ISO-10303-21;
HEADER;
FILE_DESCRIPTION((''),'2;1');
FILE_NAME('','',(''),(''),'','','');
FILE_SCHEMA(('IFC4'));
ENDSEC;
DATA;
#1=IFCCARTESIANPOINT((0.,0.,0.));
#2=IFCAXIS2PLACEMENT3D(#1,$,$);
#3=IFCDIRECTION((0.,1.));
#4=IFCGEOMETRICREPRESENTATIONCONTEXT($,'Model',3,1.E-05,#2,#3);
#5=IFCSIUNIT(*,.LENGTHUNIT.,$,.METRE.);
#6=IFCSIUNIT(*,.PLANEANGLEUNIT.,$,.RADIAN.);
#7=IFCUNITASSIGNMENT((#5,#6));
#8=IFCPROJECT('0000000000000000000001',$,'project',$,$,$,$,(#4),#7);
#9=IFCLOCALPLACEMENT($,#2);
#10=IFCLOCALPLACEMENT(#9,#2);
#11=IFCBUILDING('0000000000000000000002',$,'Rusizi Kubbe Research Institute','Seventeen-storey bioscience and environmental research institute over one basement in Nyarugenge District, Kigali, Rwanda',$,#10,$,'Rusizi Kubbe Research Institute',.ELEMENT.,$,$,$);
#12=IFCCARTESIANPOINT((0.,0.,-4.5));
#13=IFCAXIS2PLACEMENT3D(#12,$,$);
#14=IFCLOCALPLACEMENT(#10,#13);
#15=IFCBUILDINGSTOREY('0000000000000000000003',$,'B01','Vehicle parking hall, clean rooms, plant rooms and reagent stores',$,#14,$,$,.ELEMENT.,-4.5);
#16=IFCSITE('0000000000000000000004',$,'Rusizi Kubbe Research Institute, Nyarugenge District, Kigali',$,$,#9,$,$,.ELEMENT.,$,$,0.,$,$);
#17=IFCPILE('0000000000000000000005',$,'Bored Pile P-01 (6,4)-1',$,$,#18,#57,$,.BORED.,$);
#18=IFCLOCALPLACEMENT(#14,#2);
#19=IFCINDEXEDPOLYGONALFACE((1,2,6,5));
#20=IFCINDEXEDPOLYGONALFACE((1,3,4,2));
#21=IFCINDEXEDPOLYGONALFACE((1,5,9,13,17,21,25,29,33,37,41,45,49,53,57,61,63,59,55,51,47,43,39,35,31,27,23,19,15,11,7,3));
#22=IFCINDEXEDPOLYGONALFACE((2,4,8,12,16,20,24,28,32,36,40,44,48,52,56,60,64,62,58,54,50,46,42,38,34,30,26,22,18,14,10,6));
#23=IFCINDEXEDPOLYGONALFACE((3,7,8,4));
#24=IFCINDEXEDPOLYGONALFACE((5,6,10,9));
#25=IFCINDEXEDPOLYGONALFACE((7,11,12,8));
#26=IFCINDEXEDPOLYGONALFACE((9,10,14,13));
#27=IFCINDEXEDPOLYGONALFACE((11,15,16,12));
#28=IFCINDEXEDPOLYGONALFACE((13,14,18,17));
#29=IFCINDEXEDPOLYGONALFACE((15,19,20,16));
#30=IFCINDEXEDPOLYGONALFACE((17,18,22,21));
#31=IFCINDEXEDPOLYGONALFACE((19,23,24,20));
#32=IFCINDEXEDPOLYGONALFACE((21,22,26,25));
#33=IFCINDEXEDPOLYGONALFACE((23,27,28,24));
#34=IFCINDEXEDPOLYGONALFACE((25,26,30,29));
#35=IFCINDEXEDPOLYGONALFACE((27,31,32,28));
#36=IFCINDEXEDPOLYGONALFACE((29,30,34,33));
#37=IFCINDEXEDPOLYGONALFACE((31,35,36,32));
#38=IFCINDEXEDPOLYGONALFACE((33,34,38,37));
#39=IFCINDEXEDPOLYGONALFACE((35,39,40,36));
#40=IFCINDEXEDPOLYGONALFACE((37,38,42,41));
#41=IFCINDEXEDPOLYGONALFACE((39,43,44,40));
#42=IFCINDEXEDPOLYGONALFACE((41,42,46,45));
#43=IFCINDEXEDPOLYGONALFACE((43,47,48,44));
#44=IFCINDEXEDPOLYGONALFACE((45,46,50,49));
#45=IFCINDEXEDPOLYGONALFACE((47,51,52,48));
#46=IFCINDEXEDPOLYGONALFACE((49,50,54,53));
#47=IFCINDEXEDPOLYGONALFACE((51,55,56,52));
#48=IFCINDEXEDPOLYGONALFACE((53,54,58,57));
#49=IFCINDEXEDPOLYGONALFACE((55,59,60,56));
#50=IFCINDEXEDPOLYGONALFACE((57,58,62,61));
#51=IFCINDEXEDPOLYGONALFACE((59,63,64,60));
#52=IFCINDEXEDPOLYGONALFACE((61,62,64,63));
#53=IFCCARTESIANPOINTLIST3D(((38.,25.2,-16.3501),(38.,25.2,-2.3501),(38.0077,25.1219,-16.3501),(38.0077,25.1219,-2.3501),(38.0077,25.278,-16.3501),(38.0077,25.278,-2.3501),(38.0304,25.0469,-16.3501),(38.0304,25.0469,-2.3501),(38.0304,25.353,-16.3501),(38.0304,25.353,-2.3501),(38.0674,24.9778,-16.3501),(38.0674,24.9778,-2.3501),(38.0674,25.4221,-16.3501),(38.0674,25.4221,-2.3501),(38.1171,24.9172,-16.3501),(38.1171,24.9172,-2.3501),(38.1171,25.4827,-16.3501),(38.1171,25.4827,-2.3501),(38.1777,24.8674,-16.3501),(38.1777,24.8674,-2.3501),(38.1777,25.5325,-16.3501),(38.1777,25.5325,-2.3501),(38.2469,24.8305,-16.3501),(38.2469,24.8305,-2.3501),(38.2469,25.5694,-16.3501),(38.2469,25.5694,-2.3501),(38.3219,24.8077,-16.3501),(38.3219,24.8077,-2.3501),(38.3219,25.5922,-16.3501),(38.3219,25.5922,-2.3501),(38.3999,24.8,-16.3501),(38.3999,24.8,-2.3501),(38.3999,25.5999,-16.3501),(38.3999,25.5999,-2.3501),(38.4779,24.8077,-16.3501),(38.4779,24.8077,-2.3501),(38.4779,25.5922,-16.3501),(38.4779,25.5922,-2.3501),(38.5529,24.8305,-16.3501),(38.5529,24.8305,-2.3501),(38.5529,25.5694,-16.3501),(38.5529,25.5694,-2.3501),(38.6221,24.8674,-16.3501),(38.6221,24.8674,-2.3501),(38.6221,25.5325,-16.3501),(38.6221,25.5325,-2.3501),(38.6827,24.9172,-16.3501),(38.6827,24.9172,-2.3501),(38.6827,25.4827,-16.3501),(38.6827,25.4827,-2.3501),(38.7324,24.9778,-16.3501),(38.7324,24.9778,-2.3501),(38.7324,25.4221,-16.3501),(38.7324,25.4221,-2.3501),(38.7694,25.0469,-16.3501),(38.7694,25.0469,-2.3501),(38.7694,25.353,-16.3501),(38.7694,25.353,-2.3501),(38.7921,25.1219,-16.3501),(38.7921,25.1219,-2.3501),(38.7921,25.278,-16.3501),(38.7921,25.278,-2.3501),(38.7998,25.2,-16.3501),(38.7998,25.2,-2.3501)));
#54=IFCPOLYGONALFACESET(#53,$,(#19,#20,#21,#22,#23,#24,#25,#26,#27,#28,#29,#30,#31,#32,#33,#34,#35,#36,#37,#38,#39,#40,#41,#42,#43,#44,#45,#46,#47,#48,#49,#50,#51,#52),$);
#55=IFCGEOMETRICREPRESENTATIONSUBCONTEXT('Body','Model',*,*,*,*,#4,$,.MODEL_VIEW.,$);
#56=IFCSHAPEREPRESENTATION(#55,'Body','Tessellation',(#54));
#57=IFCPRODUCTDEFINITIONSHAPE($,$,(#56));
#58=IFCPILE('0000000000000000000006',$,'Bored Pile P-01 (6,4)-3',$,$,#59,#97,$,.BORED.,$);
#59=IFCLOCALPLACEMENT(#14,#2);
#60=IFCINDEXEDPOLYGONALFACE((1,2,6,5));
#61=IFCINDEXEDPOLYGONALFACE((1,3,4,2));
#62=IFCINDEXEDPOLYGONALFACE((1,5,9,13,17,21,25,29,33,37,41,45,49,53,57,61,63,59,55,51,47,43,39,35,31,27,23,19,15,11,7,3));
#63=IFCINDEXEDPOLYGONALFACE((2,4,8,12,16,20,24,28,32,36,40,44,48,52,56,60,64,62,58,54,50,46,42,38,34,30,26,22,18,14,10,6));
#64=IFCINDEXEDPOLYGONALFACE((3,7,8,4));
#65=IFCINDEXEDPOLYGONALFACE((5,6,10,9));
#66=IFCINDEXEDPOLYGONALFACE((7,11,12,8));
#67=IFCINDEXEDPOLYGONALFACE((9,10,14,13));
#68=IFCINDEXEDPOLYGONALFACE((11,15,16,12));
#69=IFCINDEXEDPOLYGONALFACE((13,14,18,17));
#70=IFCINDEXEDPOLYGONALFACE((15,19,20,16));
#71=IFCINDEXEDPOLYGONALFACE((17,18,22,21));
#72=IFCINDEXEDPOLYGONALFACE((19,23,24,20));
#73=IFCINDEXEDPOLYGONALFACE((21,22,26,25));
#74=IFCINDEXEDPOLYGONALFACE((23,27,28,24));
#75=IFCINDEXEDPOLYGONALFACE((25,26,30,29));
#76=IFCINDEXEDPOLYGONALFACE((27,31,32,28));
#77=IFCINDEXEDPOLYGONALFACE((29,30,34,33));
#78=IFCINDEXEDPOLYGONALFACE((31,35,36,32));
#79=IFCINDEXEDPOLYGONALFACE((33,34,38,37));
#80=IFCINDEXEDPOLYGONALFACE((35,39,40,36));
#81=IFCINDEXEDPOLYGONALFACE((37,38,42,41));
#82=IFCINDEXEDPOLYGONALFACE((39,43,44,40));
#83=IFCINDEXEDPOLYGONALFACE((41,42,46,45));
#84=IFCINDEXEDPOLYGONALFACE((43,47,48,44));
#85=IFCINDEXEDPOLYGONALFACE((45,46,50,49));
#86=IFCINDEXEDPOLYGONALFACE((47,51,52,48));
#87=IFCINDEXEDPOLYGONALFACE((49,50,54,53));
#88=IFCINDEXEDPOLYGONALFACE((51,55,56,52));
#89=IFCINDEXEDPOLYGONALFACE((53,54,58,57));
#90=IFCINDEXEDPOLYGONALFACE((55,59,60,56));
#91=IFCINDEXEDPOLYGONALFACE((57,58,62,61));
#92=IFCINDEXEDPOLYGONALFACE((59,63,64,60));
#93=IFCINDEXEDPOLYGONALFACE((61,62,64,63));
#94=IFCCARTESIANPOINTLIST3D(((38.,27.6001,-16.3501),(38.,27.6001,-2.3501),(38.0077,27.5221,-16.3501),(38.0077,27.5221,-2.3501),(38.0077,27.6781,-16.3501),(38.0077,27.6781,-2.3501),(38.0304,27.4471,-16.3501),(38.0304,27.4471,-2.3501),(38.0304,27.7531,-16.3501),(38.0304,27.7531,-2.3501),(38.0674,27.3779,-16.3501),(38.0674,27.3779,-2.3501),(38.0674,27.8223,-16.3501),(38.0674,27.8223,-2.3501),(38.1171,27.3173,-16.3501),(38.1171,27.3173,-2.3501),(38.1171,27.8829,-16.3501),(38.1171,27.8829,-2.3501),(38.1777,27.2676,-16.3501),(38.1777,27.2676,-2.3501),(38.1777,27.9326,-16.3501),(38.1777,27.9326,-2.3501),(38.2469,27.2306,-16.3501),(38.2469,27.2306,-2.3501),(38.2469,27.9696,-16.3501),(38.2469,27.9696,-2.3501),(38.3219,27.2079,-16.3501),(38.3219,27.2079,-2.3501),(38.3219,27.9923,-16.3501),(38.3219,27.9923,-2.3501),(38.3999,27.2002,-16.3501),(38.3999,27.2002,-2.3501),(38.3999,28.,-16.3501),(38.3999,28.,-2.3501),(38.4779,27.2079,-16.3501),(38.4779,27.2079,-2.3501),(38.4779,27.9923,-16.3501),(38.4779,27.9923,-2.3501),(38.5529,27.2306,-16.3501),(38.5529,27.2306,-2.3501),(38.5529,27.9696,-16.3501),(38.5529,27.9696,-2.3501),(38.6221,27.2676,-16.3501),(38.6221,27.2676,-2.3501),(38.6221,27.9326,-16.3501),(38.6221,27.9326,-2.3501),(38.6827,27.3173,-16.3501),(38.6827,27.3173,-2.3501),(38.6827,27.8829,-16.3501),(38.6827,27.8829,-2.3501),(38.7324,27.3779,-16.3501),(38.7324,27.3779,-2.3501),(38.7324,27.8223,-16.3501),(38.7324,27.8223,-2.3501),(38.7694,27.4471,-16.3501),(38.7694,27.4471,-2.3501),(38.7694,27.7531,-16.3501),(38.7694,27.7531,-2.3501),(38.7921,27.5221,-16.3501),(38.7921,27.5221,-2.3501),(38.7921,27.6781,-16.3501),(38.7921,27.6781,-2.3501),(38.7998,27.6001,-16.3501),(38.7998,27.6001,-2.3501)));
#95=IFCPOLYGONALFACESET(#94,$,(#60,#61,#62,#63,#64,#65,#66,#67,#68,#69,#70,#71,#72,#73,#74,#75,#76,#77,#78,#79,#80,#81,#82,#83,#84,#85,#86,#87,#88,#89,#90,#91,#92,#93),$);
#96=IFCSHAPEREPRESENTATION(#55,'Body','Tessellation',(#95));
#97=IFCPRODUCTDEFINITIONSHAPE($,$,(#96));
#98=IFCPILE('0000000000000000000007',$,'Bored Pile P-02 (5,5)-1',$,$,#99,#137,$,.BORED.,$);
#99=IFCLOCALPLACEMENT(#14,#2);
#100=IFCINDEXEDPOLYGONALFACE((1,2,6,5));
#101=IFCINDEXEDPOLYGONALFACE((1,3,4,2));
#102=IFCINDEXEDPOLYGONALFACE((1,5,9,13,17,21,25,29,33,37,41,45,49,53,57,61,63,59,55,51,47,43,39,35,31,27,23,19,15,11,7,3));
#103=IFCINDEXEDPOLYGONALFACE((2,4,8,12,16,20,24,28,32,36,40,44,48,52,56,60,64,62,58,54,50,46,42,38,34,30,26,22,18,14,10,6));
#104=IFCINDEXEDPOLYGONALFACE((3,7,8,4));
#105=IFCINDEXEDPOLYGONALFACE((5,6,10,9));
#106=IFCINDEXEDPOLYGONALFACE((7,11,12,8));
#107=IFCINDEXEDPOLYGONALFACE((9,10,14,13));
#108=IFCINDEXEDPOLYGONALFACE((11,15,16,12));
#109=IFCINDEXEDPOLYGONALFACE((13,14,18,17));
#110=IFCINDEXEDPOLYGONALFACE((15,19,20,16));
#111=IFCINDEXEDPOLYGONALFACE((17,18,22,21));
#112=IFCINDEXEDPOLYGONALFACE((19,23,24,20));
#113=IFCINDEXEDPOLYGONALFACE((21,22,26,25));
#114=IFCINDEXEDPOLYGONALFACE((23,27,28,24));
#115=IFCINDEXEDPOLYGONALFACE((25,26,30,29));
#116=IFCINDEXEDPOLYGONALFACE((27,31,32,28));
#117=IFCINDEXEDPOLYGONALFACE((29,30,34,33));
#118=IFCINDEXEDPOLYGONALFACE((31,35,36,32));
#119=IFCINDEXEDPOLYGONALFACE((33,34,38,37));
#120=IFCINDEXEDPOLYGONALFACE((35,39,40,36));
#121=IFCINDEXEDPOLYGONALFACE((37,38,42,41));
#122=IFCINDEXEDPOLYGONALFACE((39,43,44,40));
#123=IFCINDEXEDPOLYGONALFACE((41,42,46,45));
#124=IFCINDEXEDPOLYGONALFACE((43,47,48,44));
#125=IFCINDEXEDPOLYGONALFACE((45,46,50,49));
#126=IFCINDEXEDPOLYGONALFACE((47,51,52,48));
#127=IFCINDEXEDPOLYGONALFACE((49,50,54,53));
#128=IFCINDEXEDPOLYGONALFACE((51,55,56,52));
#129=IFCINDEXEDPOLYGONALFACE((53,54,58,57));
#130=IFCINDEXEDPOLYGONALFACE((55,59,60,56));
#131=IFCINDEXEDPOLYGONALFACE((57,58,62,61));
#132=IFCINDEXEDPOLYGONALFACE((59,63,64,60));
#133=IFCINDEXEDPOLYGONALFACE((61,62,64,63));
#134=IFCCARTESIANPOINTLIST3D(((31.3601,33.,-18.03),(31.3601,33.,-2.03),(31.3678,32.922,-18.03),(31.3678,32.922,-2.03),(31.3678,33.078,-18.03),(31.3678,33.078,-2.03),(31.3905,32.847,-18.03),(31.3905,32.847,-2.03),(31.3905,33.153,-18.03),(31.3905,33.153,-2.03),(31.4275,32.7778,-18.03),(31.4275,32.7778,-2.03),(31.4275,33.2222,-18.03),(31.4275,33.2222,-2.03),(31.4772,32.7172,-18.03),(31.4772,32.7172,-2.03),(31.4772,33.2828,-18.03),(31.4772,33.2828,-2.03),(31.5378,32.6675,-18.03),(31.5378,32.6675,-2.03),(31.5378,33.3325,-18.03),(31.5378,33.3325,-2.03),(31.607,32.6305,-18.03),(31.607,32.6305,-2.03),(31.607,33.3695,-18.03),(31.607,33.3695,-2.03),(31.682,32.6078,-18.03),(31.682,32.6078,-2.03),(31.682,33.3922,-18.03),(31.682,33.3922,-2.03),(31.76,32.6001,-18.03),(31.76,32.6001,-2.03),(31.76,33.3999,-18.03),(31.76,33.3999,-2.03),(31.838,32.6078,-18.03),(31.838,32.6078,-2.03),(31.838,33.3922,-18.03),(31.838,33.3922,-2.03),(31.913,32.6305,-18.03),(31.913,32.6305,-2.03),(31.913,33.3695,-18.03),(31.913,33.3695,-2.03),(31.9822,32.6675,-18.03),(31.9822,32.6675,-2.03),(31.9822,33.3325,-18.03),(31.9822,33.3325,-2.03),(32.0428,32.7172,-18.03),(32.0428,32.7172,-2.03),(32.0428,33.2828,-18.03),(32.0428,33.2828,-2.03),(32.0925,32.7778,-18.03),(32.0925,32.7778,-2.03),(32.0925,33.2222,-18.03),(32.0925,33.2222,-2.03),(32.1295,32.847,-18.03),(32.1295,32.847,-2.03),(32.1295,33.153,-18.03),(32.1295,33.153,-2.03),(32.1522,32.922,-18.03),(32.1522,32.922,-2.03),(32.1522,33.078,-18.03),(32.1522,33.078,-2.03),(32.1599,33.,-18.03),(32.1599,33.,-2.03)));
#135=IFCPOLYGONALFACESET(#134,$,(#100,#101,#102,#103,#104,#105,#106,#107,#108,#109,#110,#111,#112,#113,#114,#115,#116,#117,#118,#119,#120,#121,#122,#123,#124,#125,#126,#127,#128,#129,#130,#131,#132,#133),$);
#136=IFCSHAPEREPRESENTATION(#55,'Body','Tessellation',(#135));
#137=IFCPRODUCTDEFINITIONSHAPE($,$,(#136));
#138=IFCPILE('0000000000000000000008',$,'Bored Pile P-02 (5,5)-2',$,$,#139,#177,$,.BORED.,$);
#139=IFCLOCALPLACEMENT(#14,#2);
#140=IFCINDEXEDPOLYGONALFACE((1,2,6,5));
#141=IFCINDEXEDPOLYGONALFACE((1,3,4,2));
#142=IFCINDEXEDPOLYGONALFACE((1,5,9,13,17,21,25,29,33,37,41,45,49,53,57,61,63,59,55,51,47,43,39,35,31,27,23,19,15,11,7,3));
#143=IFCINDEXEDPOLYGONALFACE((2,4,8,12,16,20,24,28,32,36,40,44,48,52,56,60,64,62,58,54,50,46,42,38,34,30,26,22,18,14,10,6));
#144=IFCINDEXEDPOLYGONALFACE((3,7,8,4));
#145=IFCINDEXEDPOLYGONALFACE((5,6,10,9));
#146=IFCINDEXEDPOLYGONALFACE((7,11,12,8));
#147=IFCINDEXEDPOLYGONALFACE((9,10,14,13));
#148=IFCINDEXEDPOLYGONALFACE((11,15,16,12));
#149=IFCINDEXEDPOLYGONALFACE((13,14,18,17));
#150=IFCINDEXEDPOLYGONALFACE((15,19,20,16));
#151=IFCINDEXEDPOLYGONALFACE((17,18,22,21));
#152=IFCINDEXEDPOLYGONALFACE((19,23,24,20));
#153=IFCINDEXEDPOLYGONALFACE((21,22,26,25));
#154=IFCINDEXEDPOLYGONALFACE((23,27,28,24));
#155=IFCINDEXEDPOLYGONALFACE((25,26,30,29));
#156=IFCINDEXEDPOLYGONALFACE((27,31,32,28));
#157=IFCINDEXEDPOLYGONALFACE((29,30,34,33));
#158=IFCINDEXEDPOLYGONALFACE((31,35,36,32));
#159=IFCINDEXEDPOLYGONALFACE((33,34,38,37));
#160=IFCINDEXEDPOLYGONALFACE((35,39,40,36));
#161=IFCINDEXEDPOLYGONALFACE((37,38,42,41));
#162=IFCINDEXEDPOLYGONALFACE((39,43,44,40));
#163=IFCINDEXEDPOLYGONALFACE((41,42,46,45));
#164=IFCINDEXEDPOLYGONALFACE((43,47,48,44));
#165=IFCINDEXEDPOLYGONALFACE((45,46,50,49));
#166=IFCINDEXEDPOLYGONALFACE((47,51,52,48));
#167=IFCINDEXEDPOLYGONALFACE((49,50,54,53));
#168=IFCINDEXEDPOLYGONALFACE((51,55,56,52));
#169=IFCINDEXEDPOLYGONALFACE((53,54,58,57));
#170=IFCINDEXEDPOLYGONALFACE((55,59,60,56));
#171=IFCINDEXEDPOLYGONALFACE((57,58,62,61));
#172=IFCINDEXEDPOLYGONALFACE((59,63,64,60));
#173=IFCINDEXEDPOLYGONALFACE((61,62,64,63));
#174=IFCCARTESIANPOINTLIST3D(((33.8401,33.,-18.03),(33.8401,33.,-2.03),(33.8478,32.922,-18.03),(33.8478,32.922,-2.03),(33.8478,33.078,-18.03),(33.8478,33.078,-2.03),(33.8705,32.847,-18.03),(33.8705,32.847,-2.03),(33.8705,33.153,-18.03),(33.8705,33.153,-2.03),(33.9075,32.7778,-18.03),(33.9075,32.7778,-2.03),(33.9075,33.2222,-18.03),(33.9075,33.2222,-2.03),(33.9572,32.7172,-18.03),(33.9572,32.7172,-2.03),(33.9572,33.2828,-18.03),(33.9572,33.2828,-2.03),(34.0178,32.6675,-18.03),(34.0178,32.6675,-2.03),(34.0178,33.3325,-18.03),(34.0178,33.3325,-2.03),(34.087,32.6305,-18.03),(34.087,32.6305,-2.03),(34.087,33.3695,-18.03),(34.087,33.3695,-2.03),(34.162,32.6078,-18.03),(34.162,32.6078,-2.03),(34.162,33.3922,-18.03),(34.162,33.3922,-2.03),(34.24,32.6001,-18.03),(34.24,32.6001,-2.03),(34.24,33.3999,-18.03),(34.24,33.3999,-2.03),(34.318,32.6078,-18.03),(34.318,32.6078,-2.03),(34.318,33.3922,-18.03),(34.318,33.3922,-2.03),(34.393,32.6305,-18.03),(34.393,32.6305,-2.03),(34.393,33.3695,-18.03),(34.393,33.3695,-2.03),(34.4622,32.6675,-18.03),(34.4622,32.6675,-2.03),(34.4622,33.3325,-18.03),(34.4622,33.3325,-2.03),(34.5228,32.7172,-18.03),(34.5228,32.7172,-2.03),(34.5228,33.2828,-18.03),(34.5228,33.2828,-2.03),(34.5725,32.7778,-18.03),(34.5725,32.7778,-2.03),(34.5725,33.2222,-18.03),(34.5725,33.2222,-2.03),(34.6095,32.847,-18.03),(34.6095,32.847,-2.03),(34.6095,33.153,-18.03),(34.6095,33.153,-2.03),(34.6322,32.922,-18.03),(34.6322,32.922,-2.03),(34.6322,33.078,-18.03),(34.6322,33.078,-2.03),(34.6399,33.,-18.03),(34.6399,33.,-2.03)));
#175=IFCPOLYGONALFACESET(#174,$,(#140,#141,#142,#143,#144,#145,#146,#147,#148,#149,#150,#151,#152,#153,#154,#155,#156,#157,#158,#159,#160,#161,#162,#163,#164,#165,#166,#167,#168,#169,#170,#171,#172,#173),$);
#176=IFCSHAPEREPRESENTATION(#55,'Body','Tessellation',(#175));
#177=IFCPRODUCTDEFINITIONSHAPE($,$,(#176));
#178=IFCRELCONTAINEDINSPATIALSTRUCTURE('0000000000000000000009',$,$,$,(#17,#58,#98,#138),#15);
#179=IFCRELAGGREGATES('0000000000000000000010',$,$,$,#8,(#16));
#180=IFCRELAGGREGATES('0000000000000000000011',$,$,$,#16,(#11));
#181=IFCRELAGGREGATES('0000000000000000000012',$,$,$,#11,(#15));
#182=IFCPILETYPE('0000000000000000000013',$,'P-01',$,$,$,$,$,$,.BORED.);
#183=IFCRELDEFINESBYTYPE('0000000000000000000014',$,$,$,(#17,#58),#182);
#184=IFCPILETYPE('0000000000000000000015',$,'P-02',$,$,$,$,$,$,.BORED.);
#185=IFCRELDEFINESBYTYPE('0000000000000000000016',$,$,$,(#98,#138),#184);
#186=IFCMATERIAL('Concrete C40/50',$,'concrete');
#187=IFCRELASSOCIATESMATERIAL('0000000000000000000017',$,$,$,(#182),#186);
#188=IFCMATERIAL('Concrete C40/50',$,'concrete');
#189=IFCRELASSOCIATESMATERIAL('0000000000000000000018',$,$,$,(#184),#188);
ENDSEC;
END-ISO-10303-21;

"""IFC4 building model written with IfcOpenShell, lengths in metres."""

from ifc_helpers import new_model, si_unit, direction, frame, origin, origin_2d, place, context, subcontext, project, spatial, circle, extrude, material, material_profile, profile_set, type_object, element, save


model = new_model("IFC4")

# Units and contexts
model_context = context("Model", 3, precision=1e-05, world=origin(), true_north=direction((0.0, 1.0)))
body_context = subcontext(model_context, "Body", "Model", "MODEL_VIEW")
ifc_project = project(units=[si_unit("LENGTHUNIT", "METRE"), si_unit("PLANEANGLEUNIT", "RADIAN")], contexts=[model_context])

# Site, building, storey
site_placement = place(None, origin())
site = spatial("IfcSite", under=ifc_project, at=site_placement, Name="Rusizi Kubbe Research Institute, Nyarugenge District, Kigali", CompositionType="ELEMENT", RefElevation=0.0)
building_placement = place(site_placement, origin())
building = spatial("IfcBuilding", under=site, at=building_placement, Name="Rusizi Kubbe Research Institute", Description="Seventeen-storey bioscience and environmental research institute over one basement in Nyarugenge District, Kigali, Rwanda", LongName="Rusizi Kubbe Research Institute", CompositionType="ELEMENT")
storey_placement = place(building_placement, frame((0.0, 0.0, -4.5)))
storey = spatial("IfcBuildingStorey", under=building, at=storey_placement, Name="B01", Description="Vehicle parking hall, clean rooms, plant rooms and reagent stores", CompositionType="ELEMENT", Elevation=-4.5)

# Piles
ifc_material_1 = material(Name="Concrete C40/50", Category="concrete")
ifc_material_profile_1 = material_profile(ifc_material_1, circle(Radius=0.3999, at=origin_2d()), Name="PILE-D800")
ifc_profile_set_1 = profile_set([ifc_material_profile_1], Name="Concrete C40/50")
pile_type_1 = type_object("IfcPileType", Name="P-01", PredefinedType="BORED", material=ifc_profile_set_1)
for number, where, z_axis, x_axis, name in (
    (1, (38.3999, 25.2, -2.3501), (0.0, 0.0, -1.0), (1.0, 0.0, 0.0), "Bored Pile P-01 (6,4)-1"),
    (2, (38.3999, 27.6001, -2.3501), (0.0, 0.0, -1.0), (1.0, 0.0, 0.0), "Bored Pile P-01 (6,4)-3"),
):
    element("IfcPile", number, at=place(storey_placement, frame(where, z_axis=z_axis, x_axis=x_axis)), inside=storey, type_object=pile_type_1, Name=name, PredefinedType="BORED", context=body_context, shape_type="SweptSolid", body=[
        extrude(circle(Radius=0.3999, at=origin_2d()), origin(), (0.0, 0.0, 1.0), 14.0),
    ])
ifc_material_2 = material(Name="Concrete C40/50", Category="concrete")
ifc_material_profile_2 = material_profile(ifc_material_2, circle(Radius=0.3999, at=origin_2d()), Name="PILE-D800")
ifc_profile_set_2 = profile_set([ifc_material_profile_2], Name="Concrete C40/50")
pile_type_2 = type_object("IfcPileType", Name="P-02", PredefinedType="BORED", material=ifc_profile_set_2)
for number, where, z_axis, x_axis, name in (
    (3, (31.76, 33.0, -2.03), (0.0, 0.0, -1.0), (1.0, 0.0, 0.0), "Bored Pile P-02 (5,5)-1"),
    (4, (34.24, 33.0, -2.03), (0.0, 0.0, -1.0), (1.0, 0.0, 0.0), "Bored Pile P-02 (5,5)-2"),
):
    element("IfcPile", number, at=place(storey_placement, frame(where, z_axis=z_axis, x_axis=x_axis)), inside=storey, type_object=pile_type_2, Name=name, PredefinedType="BORED", context=body_context, shape_type="SweptSolid", body=[
        extrude(circle(Radius=0.3999, at=origin_2d()), origin(), (0.0, 0.0, 1.0), 16.0),
    ])

save(model, "model.ifc")
